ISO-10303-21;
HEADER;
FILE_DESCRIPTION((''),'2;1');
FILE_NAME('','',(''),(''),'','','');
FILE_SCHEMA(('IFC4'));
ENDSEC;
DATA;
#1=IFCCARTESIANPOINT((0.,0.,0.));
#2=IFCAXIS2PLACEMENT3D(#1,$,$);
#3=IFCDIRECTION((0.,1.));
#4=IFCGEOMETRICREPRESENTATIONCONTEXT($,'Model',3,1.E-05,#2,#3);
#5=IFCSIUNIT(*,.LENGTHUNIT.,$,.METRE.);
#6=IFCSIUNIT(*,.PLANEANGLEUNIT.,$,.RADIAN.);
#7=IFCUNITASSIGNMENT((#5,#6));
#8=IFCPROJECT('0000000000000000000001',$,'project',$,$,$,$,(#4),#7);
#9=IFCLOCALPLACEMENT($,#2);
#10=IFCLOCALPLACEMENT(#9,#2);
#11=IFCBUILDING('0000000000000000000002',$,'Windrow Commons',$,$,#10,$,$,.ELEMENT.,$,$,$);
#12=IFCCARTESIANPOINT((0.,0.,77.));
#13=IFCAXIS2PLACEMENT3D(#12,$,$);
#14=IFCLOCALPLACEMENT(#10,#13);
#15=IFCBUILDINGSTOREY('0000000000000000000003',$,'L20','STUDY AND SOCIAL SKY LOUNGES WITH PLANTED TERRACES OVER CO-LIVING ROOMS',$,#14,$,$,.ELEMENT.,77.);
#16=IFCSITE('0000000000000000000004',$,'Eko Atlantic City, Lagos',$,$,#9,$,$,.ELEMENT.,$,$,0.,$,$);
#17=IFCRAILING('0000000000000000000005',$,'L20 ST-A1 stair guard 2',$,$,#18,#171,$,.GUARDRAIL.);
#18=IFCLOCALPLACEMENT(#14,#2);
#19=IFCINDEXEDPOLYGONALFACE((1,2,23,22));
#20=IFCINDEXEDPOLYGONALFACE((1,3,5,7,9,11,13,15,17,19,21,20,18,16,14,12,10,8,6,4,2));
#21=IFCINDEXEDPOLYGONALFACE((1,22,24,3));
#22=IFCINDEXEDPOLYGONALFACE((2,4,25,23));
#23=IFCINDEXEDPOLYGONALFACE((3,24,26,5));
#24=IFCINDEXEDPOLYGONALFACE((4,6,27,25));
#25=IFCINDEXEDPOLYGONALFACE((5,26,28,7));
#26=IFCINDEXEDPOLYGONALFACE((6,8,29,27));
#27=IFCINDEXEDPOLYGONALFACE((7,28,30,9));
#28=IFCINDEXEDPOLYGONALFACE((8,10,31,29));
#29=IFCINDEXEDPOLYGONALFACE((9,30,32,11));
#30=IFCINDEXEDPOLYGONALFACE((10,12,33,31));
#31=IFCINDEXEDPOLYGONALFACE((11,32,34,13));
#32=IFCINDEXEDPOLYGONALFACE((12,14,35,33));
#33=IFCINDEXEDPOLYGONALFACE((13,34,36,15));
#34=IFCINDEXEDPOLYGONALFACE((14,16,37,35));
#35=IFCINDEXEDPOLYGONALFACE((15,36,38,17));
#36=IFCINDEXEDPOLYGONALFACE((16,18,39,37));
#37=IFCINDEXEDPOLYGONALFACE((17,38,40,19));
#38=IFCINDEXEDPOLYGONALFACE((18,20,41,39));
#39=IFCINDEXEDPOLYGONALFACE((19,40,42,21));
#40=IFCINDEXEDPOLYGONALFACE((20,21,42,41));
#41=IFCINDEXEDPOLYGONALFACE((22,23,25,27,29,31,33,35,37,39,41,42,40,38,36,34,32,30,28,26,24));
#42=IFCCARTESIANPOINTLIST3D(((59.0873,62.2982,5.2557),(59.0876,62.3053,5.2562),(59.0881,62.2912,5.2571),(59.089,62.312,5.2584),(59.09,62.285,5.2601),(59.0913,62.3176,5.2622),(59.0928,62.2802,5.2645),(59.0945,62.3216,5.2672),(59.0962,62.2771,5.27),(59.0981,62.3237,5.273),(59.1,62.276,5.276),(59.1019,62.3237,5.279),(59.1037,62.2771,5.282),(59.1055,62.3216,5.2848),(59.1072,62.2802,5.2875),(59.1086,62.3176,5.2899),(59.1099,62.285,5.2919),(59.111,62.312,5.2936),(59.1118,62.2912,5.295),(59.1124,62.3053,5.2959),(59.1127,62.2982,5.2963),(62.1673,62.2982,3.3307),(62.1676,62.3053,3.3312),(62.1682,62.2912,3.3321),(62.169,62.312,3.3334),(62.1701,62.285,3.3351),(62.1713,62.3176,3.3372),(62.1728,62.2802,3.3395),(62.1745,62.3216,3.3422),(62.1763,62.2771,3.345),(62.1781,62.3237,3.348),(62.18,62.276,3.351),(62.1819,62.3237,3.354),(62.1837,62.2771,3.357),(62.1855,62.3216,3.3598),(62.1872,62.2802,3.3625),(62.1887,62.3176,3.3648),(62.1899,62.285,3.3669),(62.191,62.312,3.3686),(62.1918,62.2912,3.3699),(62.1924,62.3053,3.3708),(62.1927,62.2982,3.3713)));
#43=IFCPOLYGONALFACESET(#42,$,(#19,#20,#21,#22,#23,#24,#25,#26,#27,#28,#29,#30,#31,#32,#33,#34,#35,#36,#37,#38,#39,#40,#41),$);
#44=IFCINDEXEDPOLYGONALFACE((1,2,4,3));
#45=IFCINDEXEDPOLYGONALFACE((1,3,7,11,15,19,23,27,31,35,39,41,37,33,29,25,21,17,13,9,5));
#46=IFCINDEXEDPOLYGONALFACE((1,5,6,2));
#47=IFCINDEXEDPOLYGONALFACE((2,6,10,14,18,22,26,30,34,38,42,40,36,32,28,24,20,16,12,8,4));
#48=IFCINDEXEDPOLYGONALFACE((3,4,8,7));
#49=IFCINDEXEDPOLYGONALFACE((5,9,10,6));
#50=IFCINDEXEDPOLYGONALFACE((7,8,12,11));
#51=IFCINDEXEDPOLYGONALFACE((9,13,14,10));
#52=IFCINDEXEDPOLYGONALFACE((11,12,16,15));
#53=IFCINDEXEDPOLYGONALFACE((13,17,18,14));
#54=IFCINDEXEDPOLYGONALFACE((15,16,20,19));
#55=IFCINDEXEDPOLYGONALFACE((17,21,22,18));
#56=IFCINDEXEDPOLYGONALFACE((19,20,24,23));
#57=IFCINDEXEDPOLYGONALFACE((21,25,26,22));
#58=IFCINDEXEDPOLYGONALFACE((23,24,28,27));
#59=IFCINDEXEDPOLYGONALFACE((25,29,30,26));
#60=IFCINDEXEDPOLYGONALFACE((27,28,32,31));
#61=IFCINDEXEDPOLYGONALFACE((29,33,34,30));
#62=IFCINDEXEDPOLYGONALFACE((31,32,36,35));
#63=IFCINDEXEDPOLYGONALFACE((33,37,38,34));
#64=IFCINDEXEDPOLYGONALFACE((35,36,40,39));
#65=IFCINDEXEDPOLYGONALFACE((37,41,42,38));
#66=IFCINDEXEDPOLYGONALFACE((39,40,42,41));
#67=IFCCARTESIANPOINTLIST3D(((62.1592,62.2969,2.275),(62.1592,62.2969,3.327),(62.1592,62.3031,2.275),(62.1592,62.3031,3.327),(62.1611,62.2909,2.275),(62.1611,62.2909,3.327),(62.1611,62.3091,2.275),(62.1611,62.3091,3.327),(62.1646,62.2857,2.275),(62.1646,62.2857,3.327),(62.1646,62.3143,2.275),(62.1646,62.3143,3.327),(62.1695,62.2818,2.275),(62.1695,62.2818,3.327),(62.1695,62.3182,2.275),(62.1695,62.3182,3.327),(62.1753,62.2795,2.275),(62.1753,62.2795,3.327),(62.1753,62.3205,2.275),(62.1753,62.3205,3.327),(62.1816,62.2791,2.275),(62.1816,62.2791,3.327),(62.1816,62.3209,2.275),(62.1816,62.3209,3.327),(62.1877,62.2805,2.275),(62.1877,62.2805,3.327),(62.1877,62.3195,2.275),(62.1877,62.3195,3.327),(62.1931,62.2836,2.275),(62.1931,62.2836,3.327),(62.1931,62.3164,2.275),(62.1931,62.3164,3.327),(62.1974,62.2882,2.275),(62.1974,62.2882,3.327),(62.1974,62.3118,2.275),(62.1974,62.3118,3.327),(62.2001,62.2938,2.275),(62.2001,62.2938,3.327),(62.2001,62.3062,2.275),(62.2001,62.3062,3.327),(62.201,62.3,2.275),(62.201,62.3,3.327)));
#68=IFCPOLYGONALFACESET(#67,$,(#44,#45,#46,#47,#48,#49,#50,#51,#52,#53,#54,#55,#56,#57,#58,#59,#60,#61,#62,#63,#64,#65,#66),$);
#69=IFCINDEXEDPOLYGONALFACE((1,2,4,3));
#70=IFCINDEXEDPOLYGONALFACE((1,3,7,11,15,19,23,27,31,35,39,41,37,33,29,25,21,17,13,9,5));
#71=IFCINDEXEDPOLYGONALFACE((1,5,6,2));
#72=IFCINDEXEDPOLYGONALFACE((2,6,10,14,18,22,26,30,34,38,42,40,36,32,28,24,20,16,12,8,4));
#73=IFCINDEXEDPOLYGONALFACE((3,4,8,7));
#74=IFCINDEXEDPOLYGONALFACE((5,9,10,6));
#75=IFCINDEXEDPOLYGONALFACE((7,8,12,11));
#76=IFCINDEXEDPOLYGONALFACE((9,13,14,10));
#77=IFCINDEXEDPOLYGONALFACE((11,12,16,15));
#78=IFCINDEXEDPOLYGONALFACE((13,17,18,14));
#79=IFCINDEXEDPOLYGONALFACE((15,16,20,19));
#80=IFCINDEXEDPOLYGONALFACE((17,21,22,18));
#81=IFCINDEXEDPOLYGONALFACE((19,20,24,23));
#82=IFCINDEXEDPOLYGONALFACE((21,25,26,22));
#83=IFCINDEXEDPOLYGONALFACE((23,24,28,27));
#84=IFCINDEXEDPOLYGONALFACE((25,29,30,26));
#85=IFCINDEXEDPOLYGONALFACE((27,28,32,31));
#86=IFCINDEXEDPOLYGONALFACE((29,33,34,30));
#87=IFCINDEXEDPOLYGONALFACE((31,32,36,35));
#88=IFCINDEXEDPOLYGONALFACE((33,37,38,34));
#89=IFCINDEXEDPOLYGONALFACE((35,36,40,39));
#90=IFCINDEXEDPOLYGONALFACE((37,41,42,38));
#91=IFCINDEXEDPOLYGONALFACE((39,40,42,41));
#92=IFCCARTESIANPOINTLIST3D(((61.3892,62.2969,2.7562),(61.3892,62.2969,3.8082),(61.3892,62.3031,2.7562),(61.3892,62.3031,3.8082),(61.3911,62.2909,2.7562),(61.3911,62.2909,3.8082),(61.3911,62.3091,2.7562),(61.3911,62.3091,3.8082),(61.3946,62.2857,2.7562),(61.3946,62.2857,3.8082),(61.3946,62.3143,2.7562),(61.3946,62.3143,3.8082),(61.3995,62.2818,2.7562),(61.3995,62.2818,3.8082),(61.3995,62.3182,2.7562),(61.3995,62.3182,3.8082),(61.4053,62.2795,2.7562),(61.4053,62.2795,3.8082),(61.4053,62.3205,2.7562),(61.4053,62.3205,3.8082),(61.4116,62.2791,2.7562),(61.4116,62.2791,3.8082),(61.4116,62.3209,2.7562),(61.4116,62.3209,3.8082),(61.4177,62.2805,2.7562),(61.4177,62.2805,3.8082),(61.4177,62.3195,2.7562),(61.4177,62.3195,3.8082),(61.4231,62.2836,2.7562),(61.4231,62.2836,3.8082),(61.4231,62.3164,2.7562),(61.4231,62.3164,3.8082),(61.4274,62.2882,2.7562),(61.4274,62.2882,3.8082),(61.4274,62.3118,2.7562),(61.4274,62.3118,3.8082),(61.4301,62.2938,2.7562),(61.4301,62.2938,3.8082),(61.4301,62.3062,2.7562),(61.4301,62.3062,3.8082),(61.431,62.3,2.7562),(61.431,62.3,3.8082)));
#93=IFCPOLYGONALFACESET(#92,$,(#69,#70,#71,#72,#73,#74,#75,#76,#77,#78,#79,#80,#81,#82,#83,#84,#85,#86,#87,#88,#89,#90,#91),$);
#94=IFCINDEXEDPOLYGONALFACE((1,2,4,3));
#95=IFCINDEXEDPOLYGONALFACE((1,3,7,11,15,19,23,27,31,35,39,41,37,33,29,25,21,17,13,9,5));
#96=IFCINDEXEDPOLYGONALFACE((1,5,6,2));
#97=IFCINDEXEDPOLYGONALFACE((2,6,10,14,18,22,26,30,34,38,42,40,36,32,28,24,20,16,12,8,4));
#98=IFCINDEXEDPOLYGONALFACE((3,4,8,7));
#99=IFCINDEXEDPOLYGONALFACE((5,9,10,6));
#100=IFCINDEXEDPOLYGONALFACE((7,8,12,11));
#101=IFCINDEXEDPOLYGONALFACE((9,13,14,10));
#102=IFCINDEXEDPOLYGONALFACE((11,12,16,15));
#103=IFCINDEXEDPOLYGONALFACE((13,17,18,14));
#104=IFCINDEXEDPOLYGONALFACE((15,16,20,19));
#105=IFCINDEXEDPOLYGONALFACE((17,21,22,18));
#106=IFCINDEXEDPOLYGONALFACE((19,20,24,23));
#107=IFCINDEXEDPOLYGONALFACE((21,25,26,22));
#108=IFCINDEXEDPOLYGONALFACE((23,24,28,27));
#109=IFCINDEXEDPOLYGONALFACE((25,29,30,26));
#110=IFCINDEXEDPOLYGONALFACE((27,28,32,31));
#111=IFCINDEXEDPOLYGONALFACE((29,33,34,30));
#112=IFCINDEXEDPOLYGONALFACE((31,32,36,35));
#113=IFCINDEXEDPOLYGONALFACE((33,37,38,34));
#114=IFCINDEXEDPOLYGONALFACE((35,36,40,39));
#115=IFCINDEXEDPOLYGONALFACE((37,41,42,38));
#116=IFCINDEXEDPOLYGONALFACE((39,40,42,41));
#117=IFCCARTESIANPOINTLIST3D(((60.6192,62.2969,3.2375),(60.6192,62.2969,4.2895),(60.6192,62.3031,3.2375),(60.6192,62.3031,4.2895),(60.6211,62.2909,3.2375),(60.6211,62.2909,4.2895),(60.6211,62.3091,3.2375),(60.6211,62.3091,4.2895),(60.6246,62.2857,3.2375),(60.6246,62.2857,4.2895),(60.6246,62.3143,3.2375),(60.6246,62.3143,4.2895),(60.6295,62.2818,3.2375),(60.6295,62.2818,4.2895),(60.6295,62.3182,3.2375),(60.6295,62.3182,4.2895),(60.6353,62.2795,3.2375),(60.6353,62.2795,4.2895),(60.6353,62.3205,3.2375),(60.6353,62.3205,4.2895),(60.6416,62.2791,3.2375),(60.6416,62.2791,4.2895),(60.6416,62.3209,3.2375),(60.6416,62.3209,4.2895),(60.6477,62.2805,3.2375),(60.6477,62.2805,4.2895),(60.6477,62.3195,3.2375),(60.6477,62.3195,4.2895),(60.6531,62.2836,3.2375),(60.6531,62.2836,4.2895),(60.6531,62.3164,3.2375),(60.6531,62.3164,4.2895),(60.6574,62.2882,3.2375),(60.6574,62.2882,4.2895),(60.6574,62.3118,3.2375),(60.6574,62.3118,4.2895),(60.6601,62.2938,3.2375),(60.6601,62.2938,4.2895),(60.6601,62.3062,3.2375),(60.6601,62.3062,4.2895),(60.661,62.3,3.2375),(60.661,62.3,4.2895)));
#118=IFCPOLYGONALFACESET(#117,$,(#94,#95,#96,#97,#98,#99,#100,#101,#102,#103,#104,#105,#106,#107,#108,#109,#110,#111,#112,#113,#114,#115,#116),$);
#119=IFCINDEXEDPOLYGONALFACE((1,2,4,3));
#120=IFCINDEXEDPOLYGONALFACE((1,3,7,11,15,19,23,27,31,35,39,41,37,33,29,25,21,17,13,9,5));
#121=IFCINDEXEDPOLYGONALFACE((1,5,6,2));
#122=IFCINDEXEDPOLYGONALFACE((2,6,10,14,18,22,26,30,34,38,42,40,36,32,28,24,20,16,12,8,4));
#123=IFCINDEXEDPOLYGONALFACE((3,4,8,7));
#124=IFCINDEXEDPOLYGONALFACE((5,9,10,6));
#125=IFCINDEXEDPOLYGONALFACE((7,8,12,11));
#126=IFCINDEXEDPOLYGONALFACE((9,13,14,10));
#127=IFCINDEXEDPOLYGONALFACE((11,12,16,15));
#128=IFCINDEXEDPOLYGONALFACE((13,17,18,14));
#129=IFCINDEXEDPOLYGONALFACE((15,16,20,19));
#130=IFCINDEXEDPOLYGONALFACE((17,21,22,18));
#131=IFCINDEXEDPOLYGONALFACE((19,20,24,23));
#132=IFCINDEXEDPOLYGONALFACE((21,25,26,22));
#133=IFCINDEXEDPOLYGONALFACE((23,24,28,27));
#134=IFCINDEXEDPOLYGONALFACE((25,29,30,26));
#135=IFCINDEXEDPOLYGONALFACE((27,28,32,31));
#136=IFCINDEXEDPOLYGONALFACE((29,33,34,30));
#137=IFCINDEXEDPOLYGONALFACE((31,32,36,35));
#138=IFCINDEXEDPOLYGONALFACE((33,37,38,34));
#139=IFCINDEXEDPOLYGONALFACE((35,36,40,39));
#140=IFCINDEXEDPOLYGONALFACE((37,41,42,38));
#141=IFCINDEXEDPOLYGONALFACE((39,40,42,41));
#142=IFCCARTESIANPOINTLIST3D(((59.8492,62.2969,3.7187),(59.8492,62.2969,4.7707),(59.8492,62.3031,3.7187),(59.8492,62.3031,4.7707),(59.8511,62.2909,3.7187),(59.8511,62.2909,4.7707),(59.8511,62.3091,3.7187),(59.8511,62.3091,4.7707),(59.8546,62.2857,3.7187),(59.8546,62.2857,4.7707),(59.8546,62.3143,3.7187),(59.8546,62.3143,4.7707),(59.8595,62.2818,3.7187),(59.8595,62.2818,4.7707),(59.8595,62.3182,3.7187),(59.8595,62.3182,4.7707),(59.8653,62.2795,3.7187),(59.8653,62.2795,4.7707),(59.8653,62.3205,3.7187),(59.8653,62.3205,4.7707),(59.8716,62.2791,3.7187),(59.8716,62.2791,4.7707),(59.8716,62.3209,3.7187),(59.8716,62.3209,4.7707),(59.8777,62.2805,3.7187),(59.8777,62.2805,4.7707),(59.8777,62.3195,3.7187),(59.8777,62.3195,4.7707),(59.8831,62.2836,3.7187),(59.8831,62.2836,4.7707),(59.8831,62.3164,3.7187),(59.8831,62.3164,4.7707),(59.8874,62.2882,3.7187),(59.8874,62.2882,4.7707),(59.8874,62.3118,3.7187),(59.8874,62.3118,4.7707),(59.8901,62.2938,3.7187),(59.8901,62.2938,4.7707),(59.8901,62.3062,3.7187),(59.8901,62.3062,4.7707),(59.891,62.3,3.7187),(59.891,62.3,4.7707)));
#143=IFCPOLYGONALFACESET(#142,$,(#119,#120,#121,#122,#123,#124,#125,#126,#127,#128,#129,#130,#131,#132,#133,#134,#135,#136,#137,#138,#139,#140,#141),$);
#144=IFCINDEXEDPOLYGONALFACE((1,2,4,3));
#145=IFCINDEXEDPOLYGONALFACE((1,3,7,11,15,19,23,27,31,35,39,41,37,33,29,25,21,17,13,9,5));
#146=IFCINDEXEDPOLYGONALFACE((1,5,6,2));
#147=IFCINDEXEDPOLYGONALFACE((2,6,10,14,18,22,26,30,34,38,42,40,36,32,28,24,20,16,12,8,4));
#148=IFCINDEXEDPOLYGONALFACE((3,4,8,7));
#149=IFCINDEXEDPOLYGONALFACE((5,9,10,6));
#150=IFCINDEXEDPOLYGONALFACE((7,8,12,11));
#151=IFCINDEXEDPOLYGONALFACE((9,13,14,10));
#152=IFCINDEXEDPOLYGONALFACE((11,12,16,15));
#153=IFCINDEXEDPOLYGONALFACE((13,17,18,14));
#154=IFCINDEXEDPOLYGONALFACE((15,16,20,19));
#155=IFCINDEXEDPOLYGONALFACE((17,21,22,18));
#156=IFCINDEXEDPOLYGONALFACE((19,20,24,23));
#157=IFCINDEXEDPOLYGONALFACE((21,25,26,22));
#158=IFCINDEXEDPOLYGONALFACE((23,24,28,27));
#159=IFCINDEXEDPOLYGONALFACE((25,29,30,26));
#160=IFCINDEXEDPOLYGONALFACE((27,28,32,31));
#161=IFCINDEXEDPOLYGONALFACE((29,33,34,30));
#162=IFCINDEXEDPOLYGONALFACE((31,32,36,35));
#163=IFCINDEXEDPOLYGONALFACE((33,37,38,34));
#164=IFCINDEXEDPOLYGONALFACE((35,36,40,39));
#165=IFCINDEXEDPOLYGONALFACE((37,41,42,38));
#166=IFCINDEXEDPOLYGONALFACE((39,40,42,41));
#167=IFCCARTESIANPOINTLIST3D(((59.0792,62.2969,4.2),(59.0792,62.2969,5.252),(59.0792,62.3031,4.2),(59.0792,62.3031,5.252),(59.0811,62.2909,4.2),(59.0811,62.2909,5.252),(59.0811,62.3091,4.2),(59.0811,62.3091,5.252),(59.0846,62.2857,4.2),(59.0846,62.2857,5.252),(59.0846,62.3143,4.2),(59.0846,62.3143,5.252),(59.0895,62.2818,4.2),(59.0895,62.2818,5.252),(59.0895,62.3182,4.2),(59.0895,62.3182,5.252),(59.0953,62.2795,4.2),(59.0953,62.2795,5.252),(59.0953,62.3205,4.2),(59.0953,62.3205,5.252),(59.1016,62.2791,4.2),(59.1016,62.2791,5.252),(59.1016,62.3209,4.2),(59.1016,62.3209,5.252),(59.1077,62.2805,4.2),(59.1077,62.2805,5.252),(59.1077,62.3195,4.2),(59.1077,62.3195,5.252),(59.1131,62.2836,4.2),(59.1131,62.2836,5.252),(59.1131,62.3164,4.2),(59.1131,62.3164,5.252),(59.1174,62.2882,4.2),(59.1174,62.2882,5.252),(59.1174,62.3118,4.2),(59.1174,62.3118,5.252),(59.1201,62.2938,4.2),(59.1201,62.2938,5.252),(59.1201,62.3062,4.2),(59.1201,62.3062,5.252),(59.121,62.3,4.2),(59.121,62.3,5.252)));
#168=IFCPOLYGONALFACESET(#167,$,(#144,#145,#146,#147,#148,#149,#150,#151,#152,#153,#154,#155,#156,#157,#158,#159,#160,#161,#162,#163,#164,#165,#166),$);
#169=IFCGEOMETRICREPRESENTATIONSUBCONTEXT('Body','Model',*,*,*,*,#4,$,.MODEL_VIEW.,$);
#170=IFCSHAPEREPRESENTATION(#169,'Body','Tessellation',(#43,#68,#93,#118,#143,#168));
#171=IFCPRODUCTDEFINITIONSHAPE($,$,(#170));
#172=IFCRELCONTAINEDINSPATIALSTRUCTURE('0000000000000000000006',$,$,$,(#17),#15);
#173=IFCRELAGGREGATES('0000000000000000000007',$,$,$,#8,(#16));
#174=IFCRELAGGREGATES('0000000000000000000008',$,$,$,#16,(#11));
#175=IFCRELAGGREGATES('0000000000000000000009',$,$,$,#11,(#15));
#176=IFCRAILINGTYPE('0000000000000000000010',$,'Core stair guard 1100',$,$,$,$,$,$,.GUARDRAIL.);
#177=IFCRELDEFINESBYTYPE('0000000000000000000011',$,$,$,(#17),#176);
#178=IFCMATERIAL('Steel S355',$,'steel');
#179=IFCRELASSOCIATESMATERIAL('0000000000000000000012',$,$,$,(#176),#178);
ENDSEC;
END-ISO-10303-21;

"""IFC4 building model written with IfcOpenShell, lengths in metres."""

from ifc_helpers import new_model, si_unit, direction, frame, origin, origin_2d, place, context, subcontext, project, spatial, circle, extrude, material, type_object, element, save


model = new_model("IFC4")

# Units and contexts
model_context = context("Model", 3, precision=1e-05, world=origin(), true_north=direction((0.0, 1.0)))
body_context = subcontext(model_context, "Body", "Model", "MODEL_VIEW")
ifc_project = project(units=[si_unit("LENGTHUNIT", "METRE"), si_unit("PLANEANGLEUNIT", "RADIAN")], contexts=[model_context])

# Site, building, storey
site_placement = place(None, origin())
site = spatial("IfcSite", under=ifc_project, at=site_placement, Name="Eko Atlantic City, Lagos", CompositionType="ELEMENT", RefElevation=0.0)
building_placement = place(site_placement, origin())
building = spatial("IfcBuilding", under=site, at=building_placement, Name="Windrow Commons", CompositionType="ELEMENT")
storey_placement = place(building_placement, frame((0.0, 0.0, 77.0)))
storey = spatial("IfcBuildingStorey", under=building, at=storey_placement, Name="L20", Description="STUDY AND SOCIAL SKY LOUNGES WITH PLANTED TERRACES OVER CO-LIVING ROOMS", CompositionType="ELEMENT", Elevation=77.0)

# Railing
ifc_material_1 = material(Name="Steel S355", Category="steel")
railing_type_1 = type_object("IfcRailingType", Name="Core stair guard 1100", PredefinedType="GUARDRAIL", material=ifc_material_1)
railing_1_placement = place(storey_placement, frame((62.18, 62.3, 2.275)))
element("IfcRailing", 1, at=railing_1_placement, inside=storey, type_object=railing_type_1, Name="L20 ST-A1 stair guard 2", PredefinedType="GUARDRAIL", context=body_context, shape_type="SweptSolid", body=[
    extrude(circle(Radius=0.024, at=origin_2d()), frame((0.0, 0.0, 1.076), z_axis=(-0.847998, 0.0, 0.529999), x_axis=(0.0, -1.0, 0.0)), (0.0, 0.0, 1.0), 3.6321),
    extrude(circle(Radius=0.021, at=origin_2d()), origin(), (0.0, 0.0, 1.0), 1.052),
    extrude(circle(Radius=0.021, at=origin_2d()), frame((-0.77, 0.0, 0.4812)), (0.0, 0.0, 1.0), 1.052),
    extrude(circle(Radius=0.021, at=origin_2d()), frame((-1.54, 0.0, 0.9625)), (0.0, 0.0, 1.0), 1.052),
    extrude(circle(Radius=0.021, at=origin_2d()), frame((-2.31, 0.0, 1.4437)), (0.0, 0.0, 1.0), 1.052),
    extrude(circle(Radius=0.021, at=origin_2d()), frame((-3.08, 0.0, 1.925)), (0.0, 0.0, 1.0), 1.052),
])

save(model, "model.ifc")
